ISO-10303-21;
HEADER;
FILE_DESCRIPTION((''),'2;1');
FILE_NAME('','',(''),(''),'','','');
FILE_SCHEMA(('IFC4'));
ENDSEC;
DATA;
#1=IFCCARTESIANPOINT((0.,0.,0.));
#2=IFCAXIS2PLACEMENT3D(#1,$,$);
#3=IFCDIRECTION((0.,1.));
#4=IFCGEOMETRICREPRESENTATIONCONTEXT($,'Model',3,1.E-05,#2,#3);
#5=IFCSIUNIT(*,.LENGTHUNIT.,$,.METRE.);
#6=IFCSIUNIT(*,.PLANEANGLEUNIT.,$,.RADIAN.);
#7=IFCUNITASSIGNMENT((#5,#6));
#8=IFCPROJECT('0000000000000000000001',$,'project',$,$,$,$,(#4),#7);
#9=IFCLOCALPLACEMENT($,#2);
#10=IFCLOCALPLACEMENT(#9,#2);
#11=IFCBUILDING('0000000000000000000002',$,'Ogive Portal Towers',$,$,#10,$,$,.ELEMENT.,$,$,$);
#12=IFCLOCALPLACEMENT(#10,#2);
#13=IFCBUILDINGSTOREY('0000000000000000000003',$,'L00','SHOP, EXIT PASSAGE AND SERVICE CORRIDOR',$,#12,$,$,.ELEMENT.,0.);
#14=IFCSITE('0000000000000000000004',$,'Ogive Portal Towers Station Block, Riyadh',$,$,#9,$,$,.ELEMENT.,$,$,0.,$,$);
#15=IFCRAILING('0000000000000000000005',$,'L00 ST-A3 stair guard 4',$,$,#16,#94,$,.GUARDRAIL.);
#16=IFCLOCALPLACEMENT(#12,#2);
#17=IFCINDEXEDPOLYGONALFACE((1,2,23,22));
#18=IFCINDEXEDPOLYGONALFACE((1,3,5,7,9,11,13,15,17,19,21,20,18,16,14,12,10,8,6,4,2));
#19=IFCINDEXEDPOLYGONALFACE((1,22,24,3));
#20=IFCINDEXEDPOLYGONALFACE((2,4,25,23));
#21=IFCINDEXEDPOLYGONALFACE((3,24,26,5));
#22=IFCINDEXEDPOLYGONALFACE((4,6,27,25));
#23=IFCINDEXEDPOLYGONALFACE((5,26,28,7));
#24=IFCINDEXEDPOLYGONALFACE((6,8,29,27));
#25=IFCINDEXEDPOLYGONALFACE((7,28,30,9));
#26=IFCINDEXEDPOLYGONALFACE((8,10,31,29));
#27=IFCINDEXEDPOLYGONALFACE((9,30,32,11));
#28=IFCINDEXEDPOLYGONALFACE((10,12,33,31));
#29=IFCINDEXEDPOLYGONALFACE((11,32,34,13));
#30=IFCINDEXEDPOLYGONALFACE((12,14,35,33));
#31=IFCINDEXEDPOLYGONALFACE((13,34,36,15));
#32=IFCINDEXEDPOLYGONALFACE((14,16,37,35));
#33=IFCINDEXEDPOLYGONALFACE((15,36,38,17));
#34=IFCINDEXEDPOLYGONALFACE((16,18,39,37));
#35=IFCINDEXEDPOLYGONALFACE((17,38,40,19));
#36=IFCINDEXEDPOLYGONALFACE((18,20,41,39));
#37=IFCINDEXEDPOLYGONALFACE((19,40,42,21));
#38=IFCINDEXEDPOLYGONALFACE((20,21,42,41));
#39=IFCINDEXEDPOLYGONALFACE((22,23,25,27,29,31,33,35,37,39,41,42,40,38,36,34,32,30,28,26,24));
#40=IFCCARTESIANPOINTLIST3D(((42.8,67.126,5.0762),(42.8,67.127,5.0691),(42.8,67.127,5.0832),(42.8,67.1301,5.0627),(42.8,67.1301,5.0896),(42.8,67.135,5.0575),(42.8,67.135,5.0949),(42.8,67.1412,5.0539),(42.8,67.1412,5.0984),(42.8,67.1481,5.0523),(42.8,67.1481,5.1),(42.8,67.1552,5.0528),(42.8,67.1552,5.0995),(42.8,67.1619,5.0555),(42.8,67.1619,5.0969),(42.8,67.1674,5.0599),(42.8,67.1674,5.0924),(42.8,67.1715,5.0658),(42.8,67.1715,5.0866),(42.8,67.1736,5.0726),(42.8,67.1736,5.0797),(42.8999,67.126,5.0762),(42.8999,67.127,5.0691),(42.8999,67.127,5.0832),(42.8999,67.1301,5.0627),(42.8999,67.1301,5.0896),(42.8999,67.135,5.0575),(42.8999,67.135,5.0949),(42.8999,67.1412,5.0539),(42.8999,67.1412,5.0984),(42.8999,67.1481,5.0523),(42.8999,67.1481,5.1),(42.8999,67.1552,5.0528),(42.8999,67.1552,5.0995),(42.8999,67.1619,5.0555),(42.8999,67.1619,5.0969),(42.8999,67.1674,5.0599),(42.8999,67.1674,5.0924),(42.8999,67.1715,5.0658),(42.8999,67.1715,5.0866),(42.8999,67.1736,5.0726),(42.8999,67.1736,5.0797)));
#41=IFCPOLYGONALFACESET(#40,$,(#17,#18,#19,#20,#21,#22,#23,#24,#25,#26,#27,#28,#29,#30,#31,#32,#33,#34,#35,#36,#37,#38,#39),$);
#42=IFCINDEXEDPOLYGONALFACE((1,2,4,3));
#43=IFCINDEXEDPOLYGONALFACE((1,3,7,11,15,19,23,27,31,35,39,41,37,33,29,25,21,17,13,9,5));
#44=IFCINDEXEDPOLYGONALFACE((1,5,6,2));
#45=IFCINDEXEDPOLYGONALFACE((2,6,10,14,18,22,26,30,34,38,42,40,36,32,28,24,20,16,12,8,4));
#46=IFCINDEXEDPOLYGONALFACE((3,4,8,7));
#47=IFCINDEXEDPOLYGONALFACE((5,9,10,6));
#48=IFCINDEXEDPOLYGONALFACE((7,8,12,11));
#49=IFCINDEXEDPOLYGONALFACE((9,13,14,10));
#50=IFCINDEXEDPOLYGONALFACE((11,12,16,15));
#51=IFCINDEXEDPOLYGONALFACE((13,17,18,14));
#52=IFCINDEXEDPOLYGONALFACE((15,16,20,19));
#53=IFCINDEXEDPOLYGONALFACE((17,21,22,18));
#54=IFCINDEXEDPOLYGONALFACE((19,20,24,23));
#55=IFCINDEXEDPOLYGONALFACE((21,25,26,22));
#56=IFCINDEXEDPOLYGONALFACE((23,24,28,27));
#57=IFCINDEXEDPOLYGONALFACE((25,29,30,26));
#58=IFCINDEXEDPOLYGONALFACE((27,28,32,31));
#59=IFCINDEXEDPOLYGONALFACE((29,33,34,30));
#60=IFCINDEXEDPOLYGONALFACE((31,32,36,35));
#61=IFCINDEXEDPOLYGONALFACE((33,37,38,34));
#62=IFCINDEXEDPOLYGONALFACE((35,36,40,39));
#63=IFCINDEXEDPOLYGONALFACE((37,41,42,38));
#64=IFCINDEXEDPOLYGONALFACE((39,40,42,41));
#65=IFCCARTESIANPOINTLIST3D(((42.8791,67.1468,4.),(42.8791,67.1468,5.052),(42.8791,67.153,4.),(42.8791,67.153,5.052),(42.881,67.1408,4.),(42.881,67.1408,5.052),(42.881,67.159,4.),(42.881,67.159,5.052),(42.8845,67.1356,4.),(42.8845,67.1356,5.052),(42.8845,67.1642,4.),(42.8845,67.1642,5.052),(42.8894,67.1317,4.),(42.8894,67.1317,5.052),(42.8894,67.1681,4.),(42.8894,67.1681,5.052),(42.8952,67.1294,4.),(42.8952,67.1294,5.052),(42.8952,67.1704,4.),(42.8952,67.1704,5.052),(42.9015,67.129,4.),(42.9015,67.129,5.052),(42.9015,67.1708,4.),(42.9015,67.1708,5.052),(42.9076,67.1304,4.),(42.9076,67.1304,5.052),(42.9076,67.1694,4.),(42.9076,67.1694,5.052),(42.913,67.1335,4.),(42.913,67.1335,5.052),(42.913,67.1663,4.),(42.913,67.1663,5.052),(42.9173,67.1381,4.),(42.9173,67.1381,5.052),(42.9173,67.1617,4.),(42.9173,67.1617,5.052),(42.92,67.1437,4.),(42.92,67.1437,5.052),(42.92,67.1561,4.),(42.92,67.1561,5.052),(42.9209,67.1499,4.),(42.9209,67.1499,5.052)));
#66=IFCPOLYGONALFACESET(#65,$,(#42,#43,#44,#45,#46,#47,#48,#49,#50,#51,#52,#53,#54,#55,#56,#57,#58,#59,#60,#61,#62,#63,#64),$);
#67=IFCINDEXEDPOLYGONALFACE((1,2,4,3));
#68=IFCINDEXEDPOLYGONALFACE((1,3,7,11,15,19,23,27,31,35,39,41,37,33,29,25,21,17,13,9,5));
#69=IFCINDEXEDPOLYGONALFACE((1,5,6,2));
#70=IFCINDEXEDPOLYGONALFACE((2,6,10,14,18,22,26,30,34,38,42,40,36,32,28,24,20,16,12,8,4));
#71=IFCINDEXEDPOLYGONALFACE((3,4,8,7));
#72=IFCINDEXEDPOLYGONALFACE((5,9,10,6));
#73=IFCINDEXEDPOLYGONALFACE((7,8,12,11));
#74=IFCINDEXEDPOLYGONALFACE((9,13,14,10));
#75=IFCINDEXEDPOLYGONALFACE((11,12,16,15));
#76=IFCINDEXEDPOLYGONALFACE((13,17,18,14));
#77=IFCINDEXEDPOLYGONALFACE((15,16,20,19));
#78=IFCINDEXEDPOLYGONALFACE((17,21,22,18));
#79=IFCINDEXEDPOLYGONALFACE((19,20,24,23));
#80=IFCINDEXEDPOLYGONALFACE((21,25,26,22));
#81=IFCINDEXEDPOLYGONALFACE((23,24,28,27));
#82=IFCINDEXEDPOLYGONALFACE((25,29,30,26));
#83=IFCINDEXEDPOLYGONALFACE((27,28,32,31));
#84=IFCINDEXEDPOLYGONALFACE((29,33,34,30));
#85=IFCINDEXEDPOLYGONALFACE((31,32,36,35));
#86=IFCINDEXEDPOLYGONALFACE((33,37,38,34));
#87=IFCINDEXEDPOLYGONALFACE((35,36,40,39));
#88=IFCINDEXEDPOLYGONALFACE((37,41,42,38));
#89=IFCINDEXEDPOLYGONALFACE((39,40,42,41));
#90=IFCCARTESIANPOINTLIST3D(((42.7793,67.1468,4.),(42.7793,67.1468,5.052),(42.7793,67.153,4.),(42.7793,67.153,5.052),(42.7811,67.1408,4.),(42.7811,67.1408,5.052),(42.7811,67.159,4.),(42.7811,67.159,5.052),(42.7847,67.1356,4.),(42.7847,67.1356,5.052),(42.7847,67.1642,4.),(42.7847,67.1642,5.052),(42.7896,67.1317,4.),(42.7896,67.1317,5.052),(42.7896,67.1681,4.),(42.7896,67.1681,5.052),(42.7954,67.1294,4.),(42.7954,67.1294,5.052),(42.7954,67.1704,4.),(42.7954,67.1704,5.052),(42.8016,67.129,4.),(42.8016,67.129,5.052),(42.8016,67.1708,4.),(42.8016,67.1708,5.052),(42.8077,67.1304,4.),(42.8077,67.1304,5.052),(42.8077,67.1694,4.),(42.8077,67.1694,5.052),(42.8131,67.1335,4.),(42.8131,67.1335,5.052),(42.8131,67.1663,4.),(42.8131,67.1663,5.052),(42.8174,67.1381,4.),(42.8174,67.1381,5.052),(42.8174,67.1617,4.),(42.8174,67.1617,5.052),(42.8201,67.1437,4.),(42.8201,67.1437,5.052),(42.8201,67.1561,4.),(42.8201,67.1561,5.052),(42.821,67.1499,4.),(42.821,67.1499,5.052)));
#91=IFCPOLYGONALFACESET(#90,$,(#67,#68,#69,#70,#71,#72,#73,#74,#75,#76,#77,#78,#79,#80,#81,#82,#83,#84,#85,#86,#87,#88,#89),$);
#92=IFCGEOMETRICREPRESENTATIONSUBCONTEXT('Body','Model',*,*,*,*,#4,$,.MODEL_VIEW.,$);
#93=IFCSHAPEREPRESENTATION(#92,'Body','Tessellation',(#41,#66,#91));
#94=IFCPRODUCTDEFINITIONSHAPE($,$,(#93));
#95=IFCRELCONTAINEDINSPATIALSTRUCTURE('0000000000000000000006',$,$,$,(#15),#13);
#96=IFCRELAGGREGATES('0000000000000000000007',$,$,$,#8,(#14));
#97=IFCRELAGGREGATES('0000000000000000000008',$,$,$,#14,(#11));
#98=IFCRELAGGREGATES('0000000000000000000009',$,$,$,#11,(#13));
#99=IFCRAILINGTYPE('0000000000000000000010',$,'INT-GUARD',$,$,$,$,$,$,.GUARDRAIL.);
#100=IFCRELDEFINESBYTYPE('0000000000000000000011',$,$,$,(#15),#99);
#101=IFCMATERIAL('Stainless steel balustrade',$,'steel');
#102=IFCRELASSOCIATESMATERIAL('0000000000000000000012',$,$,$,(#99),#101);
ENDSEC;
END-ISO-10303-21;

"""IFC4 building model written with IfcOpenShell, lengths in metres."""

from ifc_helpers import new_model, si_unit, direction, frame, origin, origin_2d, place, context, subcontext, project, spatial, circle, extrude, material, type_object, element, save


model = new_model("IFC4")

# Units and contexts
model_context = context("Model", 3, precision=1e-05, world=origin(), true_north=direction((0.0, 1.0)))
body_context = subcontext(model_context, "Body", "Model", "MODEL_VIEW")
ifc_project = project(units=[si_unit("LENGTHUNIT", "METRE"), si_unit("PLANEANGLEUNIT", "RADIAN")], contexts=[model_context])

# Site, building, storey
site_placement = place(None, origin())
site = spatial("IfcSite", under=ifc_project, at=site_placement, Name="Ogive Portal Towers Station Block, Riyadh", CompositionType="ELEMENT", RefElevation=0.0)
building_placement = place(site_placement, origin())
building = spatial("IfcBuilding", under=site, at=building_placement, Name="Ogive Portal Towers", CompositionType="ELEMENT")
storey_placement = place(building_placement, origin())
storey = spatial("IfcBuildingStorey", under=building, at=storey_placement, Name="L00", Description="SHOP, EXIT PASSAGE AND SERVICE CORRIDOR", CompositionType="ELEMENT", Elevation=0.0)

# Railing
ifc_material_1 = material(Name="Stainless steel balustrade", Category="steel")
railing_type_1 = type_object("IfcRailingType", Name="INT-GUARD", PredefinedType="GUARDRAIL", material=ifc_material_1)
railing_1_placement = place(storey_placement, frame((42.8999, 67.1499, 4.0)))
element("IfcRailing", 1, at=railing_1_placement, inside=storey, type_object=railing_type_1, Name="L00 ST-A3 stair guard 4", PredefinedType="GUARDRAIL", context=body_context, shape_type="SweptSolid", body=[
    extrude(circle(Radius=0.0239, at=origin_2d()), frame((0.0, 0.0, 1.0762), z_axis=(-1.0, 0.0, 0.0), x_axis=(0.0, -1.0, 0.0)), (0.0, 0.0, 1.0), 0.0999),
    extrude(circle(Radius=0.021, at=origin_2d()), origin(), (0.0, 0.0, 1.0), 1.052),
    extrude(circle(Radius=0.021, at=origin_2d()), frame((-0.0999, 0.0, 0.0)), (0.0, 0.0, 1.0), 1.052),
])

save(model, "model.ifc")
